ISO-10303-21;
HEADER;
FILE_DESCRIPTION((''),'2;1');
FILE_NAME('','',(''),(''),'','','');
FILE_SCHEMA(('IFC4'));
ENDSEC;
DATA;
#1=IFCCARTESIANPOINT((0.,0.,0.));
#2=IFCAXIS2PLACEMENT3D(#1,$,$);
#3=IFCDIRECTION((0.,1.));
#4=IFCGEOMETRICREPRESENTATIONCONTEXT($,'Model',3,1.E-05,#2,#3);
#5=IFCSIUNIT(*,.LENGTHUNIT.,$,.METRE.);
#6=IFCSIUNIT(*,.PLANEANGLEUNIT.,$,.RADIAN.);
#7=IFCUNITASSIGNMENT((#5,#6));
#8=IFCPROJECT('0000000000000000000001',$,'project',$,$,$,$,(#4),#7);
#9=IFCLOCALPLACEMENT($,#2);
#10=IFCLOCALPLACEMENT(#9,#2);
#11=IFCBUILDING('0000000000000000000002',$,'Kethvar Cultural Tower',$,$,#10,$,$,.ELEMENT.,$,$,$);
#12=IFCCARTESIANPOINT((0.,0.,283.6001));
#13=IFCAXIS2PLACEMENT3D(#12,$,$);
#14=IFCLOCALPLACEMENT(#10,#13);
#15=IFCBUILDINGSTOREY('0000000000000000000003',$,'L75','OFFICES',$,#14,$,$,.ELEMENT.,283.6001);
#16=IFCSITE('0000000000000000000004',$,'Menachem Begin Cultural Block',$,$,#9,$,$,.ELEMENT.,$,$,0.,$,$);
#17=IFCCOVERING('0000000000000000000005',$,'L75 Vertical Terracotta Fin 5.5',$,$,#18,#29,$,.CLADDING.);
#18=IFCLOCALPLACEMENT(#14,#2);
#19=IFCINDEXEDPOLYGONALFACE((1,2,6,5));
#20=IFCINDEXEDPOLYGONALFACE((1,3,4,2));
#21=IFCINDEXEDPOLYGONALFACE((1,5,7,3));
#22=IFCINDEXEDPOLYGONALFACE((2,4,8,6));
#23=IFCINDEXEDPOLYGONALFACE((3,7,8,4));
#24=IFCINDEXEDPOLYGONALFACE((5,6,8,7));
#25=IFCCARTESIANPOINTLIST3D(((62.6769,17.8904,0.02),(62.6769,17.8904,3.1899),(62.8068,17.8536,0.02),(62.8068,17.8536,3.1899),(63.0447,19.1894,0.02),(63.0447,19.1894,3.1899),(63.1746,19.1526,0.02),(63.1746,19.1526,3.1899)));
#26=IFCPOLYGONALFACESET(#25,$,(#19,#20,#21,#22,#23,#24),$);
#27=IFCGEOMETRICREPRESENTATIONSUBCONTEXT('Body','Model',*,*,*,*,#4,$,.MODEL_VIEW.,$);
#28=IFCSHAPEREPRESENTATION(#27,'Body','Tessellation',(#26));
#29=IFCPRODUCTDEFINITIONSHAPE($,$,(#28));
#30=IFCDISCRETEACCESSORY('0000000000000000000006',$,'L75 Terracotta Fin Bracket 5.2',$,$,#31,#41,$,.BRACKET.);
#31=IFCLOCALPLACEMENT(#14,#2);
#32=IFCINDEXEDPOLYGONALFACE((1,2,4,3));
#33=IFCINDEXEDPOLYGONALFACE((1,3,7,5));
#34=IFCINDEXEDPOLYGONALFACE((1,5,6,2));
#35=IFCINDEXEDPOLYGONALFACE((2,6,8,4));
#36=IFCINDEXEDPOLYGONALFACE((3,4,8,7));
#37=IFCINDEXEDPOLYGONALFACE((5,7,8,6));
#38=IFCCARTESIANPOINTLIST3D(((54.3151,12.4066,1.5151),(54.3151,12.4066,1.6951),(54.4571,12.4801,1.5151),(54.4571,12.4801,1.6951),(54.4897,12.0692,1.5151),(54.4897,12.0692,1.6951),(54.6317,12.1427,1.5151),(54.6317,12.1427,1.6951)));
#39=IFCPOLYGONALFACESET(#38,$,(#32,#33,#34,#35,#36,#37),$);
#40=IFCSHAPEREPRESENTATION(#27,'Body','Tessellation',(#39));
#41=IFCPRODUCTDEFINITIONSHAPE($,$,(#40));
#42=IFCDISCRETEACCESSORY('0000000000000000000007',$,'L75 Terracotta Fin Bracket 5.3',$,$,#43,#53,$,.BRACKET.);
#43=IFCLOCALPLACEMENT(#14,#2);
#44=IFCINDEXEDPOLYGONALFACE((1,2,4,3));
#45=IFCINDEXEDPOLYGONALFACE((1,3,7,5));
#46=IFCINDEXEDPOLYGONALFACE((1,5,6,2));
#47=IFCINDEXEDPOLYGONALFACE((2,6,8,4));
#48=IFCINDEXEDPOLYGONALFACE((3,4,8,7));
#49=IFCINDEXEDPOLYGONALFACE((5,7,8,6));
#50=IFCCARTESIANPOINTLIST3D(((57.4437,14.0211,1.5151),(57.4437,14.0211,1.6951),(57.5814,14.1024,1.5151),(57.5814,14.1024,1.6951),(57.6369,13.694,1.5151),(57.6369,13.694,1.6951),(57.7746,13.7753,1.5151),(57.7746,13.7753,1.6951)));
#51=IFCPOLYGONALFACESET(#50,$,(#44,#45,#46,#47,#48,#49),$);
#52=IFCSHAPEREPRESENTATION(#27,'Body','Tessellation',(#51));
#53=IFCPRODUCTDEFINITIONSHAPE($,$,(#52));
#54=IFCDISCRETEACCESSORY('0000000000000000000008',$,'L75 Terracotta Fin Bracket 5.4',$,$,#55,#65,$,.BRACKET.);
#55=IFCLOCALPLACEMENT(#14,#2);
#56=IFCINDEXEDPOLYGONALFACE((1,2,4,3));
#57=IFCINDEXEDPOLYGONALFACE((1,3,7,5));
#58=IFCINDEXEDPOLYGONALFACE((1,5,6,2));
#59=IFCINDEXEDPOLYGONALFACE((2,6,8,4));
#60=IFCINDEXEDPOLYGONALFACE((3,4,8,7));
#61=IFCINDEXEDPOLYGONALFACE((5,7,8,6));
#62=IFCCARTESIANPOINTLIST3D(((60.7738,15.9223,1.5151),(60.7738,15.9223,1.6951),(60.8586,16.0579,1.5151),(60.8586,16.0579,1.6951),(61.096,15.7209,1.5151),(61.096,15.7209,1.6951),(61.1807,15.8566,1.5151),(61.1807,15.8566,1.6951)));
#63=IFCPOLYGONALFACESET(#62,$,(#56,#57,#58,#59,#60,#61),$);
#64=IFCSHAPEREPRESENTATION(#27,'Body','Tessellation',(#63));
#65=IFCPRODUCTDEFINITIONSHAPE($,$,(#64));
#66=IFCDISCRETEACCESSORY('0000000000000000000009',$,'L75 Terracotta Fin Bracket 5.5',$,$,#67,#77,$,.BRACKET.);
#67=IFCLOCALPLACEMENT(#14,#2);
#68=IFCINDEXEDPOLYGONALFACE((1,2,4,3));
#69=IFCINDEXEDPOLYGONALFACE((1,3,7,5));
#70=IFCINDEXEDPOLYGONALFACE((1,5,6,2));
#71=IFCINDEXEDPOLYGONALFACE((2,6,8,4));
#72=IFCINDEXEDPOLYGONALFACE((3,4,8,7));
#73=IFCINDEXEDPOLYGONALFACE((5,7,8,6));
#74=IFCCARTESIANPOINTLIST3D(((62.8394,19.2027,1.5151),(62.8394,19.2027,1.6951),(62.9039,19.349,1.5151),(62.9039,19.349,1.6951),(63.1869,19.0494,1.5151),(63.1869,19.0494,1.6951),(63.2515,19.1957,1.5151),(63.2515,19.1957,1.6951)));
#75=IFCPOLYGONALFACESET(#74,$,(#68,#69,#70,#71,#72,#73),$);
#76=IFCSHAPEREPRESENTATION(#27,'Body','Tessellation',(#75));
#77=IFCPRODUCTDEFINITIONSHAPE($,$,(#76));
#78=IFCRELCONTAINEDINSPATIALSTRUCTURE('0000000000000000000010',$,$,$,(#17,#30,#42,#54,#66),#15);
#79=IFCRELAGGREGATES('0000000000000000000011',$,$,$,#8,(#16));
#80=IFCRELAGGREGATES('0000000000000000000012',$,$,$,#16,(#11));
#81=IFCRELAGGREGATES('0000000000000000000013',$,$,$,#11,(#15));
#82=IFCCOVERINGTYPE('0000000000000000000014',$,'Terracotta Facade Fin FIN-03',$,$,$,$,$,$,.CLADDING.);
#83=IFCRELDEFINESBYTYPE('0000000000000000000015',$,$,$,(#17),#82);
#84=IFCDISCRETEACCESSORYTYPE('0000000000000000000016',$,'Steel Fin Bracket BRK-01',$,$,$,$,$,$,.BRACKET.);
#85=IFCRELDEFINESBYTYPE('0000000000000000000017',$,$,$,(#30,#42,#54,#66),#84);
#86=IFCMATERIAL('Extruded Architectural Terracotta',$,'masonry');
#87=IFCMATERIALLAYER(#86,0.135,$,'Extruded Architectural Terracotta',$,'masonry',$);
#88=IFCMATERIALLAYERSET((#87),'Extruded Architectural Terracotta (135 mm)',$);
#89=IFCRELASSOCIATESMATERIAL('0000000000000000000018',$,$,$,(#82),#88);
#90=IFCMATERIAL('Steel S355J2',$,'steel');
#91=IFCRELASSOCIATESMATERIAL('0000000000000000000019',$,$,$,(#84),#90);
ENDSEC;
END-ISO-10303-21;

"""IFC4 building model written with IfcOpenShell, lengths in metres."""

from ifc_helpers import new_model, si_unit, direction, frame, origin, origin_2d, place, context, subcontext, project, spatial, rectangle, extrude, source, transform, mapped, material, layer, layer_set, type_object, element, save


model = new_model("IFC4")

# Units and contexts
model_context = context("Model", 3, precision=1e-05, world=origin(), true_north=direction((0.0, 1.0)))
body_context = subcontext(model_context, "Body", "Model", "MODEL_VIEW")
ifc_project = project(units=[si_unit("LENGTHUNIT", "METRE"), si_unit("PLANEANGLEUNIT", "RADIAN")], contexts=[model_context])

# Site, building, storey
site_placement = place(None, origin())
site = spatial("IfcSite", under=ifc_project, at=site_placement, Name="Menachem Begin Cultural Block", CompositionType="ELEMENT", RefElevation=0.0)
building_placement = place(site_placement, origin())
building = spatial("IfcBuilding", under=site, at=building_placement, Name="Kethvar Cultural Tower", CompositionType="ELEMENT")
storey_placement = place(building_placement, frame((0.0, 0.0, 283.6001)))
storey = spatial("IfcBuildingStorey", under=building, at=storey_placement, Name="L75", Description="OFFICES", CompositionType="ELEMENT", Elevation=283.6001)

# Shared definitions
ifc_material_1 = material(Name="Steel S355J2", Category="steel")

# Covering
ifc_material_2 = material(Name="Extruded Architectural Terracotta", Category="masonry")
ifc_layer_1 = layer(ifc_material_2, 0.135, Name="Extruded Architectural Terracotta", Category="masonry")
ifc_layer_set_1 = layer_set([ifc_layer_1], Name="Extruded Architectural Terracotta (135 mm)")
covering_type_1 = type_object("IfcCoveringType", Name="Terracotta Facade Fin FIN-03", PredefinedType="CLADDING", material=ifc_layer_set_1)
shared_shape_1 = source(origin(), body_context, "Body", "SweptSolid", [
    extrude(rectangle(XDim=1.3501, YDim=0.135, at=origin_2d()), origin(), (0.0, 0.0, 1.0), 3.1699),
])
for number, where, z_axis, x_axis, name in (
    (1, (62.9258, 18.5215, 0.02), (0.0, 0.0, 1.0), (-0.272448, -0.96217, 0.0), "L75 Vertical Terracotta Fin 5.5"),
):
    element("IfcCovering", number, at=place(storey_placement, frame(where, z_axis=z_axis, x_axis=x_axis)), inside=storey, type_object=covering_type_1, Name=name, PredefinedType="CLADDING", context=body_context, shape_type="MappedRepresentation", body=[
        mapped(shared_shape_1, transform((0.0, 0.0, 0.0), scale=1.0)),
    ])

# Discrete accessories
discrete_accessory_type = type_object("IfcDiscreteAccessoryType", Name="Steel Fin Bracket BRK-01", PredefinedType="BRACKET", material=ifc_material_1)
shared_shape_2 = source(origin(), body_context, "Body", "SweptSolid", [
    extrude(rectangle(XDim=0.3799, YDim=0.1599, at=origin_2d()), origin(), (0.0, 0.0, 1.0), 0.1799),
])
for number, where, z_axis, x_axis, name in (
    (2, (54.4734, 12.2747, 1.5151), (0.0, 0.0, 1.0), (0.459735, -0.888056, 0.0), "L75 Terracotta Fin Bracket 5.2"),
    (3, (57.6091, 13.8982, 1.5151), (0.0, 0.0, 1.0), (0.508591, -0.861008, 0.0), "L75 Terracotta Fin Bracket 5.3"),
    (4, (60.9773, 15.8894, 1.5151), (0.0, 0.0, 1.0), (0.848048, -0.529919, 0.0), "L75 Terracotta Fin Bracket 5.4"),
    (5, (63.0454, 19.1992, 1.5151), (0.0, 0.0, 1.0), (0.914889, -0.403705, 0.0), "L75 Terracotta Fin Bracket 5.5"),
):
    element("IfcDiscreteAccessory", number, at=place(storey_placement, frame(where, z_axis=z_axis, x_axis=x_axis)), inside=storey, type_object=discrete_accessory_type, Name=name, PredefinedType="BRACKET", context=body_context, shape_type="MappedRepresentation", body=[
        mapped(shared_shape_2, transform((0.0, 0.0, 0.0), scale=1.0)),
    ])

save(model, "model.ifc")
